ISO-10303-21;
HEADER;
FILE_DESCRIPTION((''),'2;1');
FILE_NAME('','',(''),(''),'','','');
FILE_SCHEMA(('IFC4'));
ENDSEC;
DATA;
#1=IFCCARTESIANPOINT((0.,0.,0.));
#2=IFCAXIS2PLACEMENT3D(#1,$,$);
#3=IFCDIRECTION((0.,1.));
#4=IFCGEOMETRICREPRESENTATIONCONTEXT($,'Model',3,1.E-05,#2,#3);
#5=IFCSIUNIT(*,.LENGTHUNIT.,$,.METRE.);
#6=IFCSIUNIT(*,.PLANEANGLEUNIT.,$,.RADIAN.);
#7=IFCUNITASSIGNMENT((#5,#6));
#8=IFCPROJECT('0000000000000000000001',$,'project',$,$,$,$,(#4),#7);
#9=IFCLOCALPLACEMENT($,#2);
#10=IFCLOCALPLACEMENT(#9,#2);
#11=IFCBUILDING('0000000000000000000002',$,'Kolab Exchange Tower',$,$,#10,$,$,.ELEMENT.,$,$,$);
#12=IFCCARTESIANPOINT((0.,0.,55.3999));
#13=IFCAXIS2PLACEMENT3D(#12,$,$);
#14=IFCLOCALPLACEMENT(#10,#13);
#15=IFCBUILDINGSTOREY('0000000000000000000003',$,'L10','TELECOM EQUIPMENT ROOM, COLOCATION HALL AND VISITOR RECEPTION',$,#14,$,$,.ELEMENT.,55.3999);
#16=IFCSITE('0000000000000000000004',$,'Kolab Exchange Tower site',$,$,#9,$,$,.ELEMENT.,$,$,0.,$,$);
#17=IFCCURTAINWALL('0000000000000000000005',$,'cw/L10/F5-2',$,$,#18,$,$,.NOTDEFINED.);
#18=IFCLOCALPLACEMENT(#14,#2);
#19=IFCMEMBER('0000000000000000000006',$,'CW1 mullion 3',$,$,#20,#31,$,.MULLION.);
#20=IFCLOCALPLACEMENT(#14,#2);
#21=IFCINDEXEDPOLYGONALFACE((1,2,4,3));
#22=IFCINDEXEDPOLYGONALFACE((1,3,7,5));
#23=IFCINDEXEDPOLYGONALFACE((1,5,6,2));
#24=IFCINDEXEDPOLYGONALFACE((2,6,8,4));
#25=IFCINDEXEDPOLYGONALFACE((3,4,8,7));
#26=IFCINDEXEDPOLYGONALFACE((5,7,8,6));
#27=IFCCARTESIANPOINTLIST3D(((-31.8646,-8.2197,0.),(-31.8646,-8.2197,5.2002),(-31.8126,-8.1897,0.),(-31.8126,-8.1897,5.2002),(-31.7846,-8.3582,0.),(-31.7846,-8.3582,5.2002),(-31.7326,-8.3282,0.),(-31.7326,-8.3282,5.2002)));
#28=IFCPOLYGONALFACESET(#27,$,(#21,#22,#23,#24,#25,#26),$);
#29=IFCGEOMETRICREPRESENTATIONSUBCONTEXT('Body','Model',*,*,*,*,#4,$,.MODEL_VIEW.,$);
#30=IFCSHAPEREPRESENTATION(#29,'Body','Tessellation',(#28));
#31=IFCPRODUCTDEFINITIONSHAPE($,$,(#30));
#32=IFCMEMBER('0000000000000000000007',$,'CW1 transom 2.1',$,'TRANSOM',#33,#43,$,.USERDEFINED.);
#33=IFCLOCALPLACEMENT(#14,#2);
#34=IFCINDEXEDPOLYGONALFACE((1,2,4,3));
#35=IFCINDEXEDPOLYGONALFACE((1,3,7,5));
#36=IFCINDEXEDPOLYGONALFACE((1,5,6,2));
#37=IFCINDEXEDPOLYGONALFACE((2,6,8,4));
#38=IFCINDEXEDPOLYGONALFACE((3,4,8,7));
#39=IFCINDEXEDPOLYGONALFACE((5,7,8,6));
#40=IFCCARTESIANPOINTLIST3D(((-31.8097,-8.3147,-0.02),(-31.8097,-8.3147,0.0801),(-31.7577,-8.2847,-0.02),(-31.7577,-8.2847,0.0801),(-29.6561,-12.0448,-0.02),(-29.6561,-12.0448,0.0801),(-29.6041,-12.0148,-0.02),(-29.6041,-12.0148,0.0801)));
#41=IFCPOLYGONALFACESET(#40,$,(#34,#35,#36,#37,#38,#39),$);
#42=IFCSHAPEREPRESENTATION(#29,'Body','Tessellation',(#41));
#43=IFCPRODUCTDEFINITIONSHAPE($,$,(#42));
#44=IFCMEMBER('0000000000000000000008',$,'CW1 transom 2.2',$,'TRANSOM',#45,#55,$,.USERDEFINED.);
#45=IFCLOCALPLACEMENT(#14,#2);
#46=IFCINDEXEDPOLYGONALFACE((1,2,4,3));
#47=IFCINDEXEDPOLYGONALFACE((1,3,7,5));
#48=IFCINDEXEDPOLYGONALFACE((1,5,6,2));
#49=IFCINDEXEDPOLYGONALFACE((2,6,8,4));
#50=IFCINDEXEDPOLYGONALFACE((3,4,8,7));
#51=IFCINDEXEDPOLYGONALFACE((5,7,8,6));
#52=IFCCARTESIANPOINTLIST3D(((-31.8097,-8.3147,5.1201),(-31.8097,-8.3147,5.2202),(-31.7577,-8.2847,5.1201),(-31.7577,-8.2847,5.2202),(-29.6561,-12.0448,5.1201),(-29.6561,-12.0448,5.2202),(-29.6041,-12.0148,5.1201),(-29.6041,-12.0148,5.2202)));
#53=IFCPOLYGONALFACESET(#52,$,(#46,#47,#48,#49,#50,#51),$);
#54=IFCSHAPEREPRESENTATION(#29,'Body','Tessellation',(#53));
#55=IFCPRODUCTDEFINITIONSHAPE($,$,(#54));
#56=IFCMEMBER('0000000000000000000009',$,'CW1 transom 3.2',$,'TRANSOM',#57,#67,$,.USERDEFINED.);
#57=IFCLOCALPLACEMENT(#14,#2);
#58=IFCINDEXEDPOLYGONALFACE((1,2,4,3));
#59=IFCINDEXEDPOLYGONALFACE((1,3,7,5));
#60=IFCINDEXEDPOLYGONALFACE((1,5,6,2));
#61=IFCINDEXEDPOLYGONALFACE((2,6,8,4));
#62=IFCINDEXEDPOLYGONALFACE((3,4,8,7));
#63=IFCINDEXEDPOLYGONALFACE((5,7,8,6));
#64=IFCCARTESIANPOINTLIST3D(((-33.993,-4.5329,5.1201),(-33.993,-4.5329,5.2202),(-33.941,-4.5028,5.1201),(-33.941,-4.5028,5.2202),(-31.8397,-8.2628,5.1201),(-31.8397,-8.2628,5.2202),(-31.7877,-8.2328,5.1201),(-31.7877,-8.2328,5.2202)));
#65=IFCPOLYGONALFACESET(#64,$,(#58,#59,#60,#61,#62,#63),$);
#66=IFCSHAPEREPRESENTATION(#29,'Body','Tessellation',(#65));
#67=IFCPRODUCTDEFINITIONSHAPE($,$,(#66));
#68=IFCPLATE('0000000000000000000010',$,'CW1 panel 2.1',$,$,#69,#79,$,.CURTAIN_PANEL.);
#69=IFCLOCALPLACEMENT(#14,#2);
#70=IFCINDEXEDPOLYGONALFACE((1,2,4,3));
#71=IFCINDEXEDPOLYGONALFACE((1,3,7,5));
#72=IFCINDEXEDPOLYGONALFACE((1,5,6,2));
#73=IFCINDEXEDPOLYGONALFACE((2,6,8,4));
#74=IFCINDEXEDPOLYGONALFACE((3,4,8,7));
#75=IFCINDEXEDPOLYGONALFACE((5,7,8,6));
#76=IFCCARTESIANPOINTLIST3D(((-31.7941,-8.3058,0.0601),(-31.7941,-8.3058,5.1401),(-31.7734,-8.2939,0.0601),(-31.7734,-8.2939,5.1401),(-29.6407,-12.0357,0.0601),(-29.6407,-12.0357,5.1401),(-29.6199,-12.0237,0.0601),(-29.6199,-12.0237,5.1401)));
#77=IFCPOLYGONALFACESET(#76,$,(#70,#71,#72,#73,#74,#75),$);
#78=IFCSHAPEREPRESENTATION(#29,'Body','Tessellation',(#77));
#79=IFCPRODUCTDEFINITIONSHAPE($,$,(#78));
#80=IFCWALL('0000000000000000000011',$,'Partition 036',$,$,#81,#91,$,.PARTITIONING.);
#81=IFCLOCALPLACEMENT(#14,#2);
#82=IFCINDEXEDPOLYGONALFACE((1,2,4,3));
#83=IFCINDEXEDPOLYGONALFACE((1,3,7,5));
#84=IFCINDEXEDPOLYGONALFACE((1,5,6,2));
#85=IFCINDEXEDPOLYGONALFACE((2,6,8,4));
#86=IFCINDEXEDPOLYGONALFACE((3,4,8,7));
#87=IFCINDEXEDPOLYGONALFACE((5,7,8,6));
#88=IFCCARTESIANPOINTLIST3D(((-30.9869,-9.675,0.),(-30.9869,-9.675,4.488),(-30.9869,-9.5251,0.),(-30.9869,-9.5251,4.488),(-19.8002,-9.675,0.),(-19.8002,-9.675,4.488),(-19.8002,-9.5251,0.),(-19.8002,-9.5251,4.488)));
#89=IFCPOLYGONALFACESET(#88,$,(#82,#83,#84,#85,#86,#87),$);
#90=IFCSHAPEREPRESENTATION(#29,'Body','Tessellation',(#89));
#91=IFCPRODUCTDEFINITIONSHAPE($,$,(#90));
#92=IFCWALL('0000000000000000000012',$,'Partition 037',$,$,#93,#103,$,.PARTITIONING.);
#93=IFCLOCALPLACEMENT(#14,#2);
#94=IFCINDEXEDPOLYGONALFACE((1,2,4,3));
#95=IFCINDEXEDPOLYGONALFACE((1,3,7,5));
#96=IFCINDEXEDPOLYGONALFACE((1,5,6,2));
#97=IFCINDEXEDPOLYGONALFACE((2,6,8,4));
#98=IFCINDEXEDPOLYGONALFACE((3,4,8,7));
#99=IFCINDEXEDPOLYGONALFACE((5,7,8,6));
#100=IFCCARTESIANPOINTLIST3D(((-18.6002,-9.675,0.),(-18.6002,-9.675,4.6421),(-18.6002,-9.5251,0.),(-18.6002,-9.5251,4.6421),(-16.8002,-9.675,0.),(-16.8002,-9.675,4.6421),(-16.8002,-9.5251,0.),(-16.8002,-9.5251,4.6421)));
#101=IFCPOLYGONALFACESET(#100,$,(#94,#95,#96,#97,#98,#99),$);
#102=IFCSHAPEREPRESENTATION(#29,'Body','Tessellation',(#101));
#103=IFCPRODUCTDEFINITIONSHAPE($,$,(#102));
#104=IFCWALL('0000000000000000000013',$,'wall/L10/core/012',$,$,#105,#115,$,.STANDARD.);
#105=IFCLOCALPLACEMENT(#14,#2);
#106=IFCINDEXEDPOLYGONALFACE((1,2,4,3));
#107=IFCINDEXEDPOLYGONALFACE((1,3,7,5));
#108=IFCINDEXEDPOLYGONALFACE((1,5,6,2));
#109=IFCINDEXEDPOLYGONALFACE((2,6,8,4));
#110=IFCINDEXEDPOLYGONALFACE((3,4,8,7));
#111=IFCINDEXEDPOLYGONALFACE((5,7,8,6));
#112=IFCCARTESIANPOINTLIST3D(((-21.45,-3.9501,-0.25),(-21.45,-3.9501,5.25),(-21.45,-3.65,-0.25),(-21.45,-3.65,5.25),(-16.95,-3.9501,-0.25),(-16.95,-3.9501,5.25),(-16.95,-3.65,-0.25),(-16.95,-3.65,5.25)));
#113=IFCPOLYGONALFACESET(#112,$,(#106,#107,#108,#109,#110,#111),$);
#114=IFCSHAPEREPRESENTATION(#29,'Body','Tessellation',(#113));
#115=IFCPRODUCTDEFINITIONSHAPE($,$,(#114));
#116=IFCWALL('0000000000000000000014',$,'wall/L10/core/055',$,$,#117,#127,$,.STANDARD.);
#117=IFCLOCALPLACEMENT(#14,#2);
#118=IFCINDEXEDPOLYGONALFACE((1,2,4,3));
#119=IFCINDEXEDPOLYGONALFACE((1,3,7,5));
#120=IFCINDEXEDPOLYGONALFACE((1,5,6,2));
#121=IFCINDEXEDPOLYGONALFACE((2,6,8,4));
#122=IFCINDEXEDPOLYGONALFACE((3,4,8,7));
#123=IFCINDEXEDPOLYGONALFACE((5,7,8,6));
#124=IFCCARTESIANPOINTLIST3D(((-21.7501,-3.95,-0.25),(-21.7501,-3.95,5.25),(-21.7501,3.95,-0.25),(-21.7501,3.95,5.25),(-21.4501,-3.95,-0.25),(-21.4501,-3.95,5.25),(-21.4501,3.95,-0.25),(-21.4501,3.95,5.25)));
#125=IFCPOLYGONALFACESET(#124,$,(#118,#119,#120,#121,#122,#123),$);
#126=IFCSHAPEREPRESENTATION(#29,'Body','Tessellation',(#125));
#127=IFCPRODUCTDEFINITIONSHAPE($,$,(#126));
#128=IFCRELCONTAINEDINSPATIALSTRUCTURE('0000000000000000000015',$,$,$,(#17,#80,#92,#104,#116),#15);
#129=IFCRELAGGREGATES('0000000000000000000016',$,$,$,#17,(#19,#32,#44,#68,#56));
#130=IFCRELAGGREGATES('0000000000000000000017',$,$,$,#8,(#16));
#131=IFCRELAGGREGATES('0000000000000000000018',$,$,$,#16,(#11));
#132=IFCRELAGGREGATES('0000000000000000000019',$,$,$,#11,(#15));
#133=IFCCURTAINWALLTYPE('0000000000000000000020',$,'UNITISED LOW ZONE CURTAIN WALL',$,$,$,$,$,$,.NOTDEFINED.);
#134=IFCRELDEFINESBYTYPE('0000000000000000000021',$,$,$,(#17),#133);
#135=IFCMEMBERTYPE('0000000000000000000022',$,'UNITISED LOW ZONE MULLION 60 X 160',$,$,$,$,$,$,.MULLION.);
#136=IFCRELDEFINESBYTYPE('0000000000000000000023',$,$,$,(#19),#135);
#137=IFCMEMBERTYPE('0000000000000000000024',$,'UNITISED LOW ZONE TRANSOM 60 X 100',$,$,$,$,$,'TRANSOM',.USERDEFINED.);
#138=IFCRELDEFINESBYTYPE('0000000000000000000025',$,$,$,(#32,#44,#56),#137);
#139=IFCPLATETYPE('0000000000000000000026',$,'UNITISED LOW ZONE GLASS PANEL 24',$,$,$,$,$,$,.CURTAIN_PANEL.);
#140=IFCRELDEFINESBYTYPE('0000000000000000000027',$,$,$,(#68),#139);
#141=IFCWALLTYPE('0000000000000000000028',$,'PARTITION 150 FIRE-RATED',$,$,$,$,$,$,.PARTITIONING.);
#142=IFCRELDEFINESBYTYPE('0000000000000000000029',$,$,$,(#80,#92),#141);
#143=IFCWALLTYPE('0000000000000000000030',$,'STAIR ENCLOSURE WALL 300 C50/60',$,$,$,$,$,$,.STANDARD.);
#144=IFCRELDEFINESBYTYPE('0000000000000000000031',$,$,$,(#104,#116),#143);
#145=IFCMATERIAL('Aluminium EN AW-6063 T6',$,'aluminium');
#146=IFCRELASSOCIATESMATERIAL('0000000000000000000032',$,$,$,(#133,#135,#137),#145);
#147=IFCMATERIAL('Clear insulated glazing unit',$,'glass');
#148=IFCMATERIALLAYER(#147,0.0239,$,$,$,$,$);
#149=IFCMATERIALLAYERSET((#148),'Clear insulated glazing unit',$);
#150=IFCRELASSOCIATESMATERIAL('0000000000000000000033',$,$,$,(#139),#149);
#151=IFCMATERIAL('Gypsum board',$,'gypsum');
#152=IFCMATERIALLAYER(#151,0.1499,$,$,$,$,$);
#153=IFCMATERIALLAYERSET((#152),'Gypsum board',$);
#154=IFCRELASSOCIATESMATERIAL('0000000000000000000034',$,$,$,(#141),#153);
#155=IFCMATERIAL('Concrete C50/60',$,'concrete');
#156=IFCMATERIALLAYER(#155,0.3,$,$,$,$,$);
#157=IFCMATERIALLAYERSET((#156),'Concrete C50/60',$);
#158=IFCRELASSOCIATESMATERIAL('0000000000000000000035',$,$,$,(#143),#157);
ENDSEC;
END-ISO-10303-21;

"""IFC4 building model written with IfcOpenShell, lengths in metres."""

from ifc_helpers import new_model, si_unit, direction, frame, frame_2d, origin, origin_2d, place, context, subcontext, project, spatial, rectangle, extrude, material, layer, layer_set, material_profile, profile_set, type_object, element, aggregate, save


model = new_model("IFC4")

# Units and contexts
model_context = context("Model", 3, precision=1e-05, world=origin(), true_north=direction((0.0, 1.0)))
body_context = subcontext(model_context, "Body", "Model", "MODEL_VIEW")
ifc_project = project(units=[si_unit("LENGTHUNIT", "METRE"), si_unit("PLANEANGLEUNIT", "RADIAN")], contexts=[model_context])

# Site, building, storey
site_placement = place(None, origin())
site = spatial("IfcSite", under=ifc_project, at=site_placement, Name="Kolab Exchange Tower site", CompositionType="ELEMENT", RefElevation=0.0)
building_placement = place(site_placement, origin())
building = spatial("IfcBuilding", under=site, at=building_placement, Name="Kolab Exchange Tower", CompositionType="ELEMENT")
storey_placement = place(building_placement, frame((0.0, 0.0, 55.3999)))
storey = spatial("IfcBuildingStorey", under=building, at=storey_placement, Name="L10", Description="TELECOM EQUIPMENT ROOM, COLOCATION HALL AND VISITOR RECEPTION", CompositionType="ELEMENT", Elevation=55.3999)

# Curtain wall, members, plate
ifc_material_1 = material(Name="Aluminium EN AW-6063 T6", Category="aluminium")
curtain_wall_type = type_object("IfcCurtainWallType", Name="UNITISED LOW ZONE CURTAIN WALL", PredefinedType="NOTDEFINED", material=ifc_material_1)
curtain_wall_placement = place(storey_placement, origin())
curtain_wall = element("IfcCurtainWall", 1, at=curtain_wall_placement, inside=storey, type_object=curtain_wall_type, Name="cw/L10/F5-2", PredefinedType="NOTDEFINED")
ifc_material_profile_1 = material_profile(ifc_material_1, rectangle(XDim=0.0601, YDim=0.1599, at=origin_2d()), Name="RECT 60X160")
ifc_profile_set_1 = profile_set([ifc_material_profile_1], Name="Aluminium EN AW-6063 T6")
member_type_1 = type_object("IfcMemberType", Name="UNITISED LOW ZONE MULLION 60 X 160", PredefinedType="MULLION", material=ifc_profile_set_1)
member_1_placement = place(storey_placement, frame((-31.7986, -8.2739, 0.0), z_axis=(0.0, 0.0, 1.0), x_axis=(-0.866025, -0.5, 0.0)))
member_1 = element("IfcMember", 2, at=member_1_placement, type_object=member_type_1, Name="CW1 mullion 3", PredefinedType="MULLION", context=body_context, shape_type="SweptSolid", body=[
    extrude(rectangle(XDim=0.0601, YDim=0.1599, at=origin_2d()), origin(), (0.0, 0.0, 1.0), 5.2002),
])
ifc_material_profile_2 = material_profile(ifc_material_1, rectangle(XDim=0.0601, YDim=0.1001, at=origin_2d()), Name="RECT 60X100")
ifc_profile_set_2 = profile_set([ifc_material_profile_2], Name="Aluminium EN AW-6063 T6")
member_type_2 = type_object("IfcMemberType", Name="UNITISED LOW ZONE TRANSOM 60 X 100", ElementType="TRANSOM", PredefinedType="USERDEFINED", material=ifc_profile_set_2)
member_2_placement = place(storey_placement, frame((-29.6301, -12.0298, 0.03), z_axis=(-0.50001, 0.866019, 0.0), x_axis=(-0.866019, -0.50001, 0.0)))
member_2 = element("IfcMember", 3, at=member_2_placement, type_object=member_type_2, Name="CW1 transom 2.1", ObjectType="TRANSOM", PredefinedType="USERDEFINED", context=body_context, shape_type="SweptSolid", body=[
    extrude(rectangle(XDim=0.0601, YDim=0.1001, at=origin_2d()), origin(), (0.0, 0.0, 1.0), 4.3071),
])
member_3_placement = place(storey_placement, frame((-29.6301, -12.0298, 5.1702), z_axis=(-0.50001, 0.866019, 0.0), x_axis=(-0.866019, -0.50001, 0.0)))
member_3 = element("IfcMember", 4, at=member_3_placement, type_object=member_type_2, Name="CW1 transom 2.2", ObjectType="TRANSOM", PredefinedType="USERDEFINED", context=body_context, shape_type="SweptSolid", body=[
    extrude(rectangle(XDim=0.0601, YDim=0.1001, at=origin_2d()), origin(), (0.0, 0.0, 1.0), 4.3071),
])
member_4_placement = place(storey_placement, frame((-31.8137, -8.2478, 5.1702), z_axis=(-0.499968, 0.866044, 0.0), x_axis=(-0.866044, -0.499968, 0.0)))
member_4 = element("IfcMember", 5, at=member_4_placement, type_object=member_type_2, Name="CW1 transom 3.2", ObjectType="TRANSOM", PredefinedType="USERDEFINED", context=body_context, shape_type="SweptSolid", body=[
    extrude(rectangle(XDim=0.0601, YDim=0.1001, at=origin_2d()), origin(), (0.0, 0.0, 1.0), 4.3069),
])
ifc_material_2 = material(Name="Clear insulated glazing unit", Category="glass")
ifc_layer_1 = layer(ifc_material_2, 0.0239)
ifc_layer_set_1 = layer_set([ifc_layer_1], Name="Clear insulated glazing unit")
plate_type = type_object("IfcPlateType", Name="UNITISED LOW ZONE GLASS PANEL 24", PredefinedType="CURTAIN_PANEL", material=ifc_layer_set_1)
plate_placement = place(storey_placement, frame((-30.707, -10.1648, 0.0601), z_axis=(0.0, 0.0, 1.0), x_axis=(-0.5, 0.866025, 0.0)))
plate = element("IfcPlate", 6, at=plate_placement, type_object=plate_type, Name="CW1 panel 2.1", PredefinedType="CURTAIN_PANEL", context=body_context, shape_type="SweptSolid", body=[
    extrude(rectangle(XDim=4.3069, YDim=0.0239, at=origin_2d()), origin(), (0.0, 0.0, 1.0), 5.0801),
])
aggregate(curtain_wall, [member_1, member_2, member_3, plate, member_4])

# Walls
ifc_material_3 = material(Name="Gypsum board", Category="gypsum")
ifc_layer_2 = layer(ifc_material_3, 0.1499)
ifc_layer_set_2 = layer_set([ifc_layer_2], Name="Gypsum board")
wall_type_1 = type_object("IfcWallType", Name="PARTITION 150 FIRE-RATED", PredefinedType="PARTITIONING", material=ifc_layer_set_2)
wall_1_placement = place(storey_placement, frame((-30.9868, -9.6001, 0.0), z_axis=(0.0, 0.0, 1.0), x_axis=(1.0, 0.0, 0.0)))
element("IfcWall", 7, at=wall_1_placement, inside=storey, type_object=wall_type_1, Name="Partition 036", PredefinedType="PARTITIONING", context=body_context, shape_type="SweptSolid", body=[
    extrude(rectangle(XDim=11.1868, YDim=0.1499, at=frame_2d((5.5933, 0.0))), origin(), (0.0, 0.0, 1.0), 4.488),
])
wall_2_placement = place(storey_placement, frame((-18.6001, -9.6001, 0.0), z_axis=(0.0, 0.0, 1.0), x_axis=(1.0, 0.0, 0.0)))
element("IfcWall", 8, at=wall_2_placement, inside=storey, type_object=wall_type_1, Name="Partition 037", PredefinedType="PARTITIONING", context=body_context, shape_type="SweptSolid", body=[
    extrude(rectangle(XDim=1.8, YDim=0.1499, at=frame_2d((0.8999, 0.0))), origin(), (0.0, 0.0, 1.0), 4.6421),
])
ifc_material_4 = material(Name="Concrete C50/60", Category="concrete")
ifc_layer_3 = layer(ifc_material_4, 0.3)
ifc_layer_set_3 = layer_set([ifc_layer_3], Name="Concrete C50/60")
wall_type_2 = type_object("IfcWallType", Name="STAIR ENCLOSURE WALL 300 C50/60", PredefinedType="STANDARD", material=ifc_layer_set_3)
wall_3_placement = place(storey_placement, frame((-21.45, -3.8, -0.25), z_axis=(0.0, 0.0, 1.0), x_axis=(1.0, 0.0, 0.0)))
element("IfcWall", 9, at=wall_3_placement, inside=storey, type_object=wall_type_2, Name="wall/L10/core/012", PredefinedType="STANDARD", context=body_context, shape_type="SweptSolid", body=[
    extrude(rectangle(XDim=4.5, YDim=0.3, at=frame_2d((2.25, 0.0))), origin(), (0.0, 0.0, 1.0), 5.5),
])
wall_4_placement = place(storey_placement, frame((-21.6001, -3.95, -0.25), z_axis=(0.0, 0.0, 1.0), x_axis=(0.0, 1.0, 0.0)))
element("IfcWall", 10, at=wall_4_placement, inside=storey, type_object=wall_type_2, Name="wall/L10/core/055", PredefinedType="STANDARD", context=body_context, shape_type="SweptSolid", body=[
    extrude(rectangle(XDim=7.8999, YDim=0.3, at=frame_2d((3.95, 0.0))), origin(), (0.0, 0.0, 1.0), 5.5),
])

save(model, "model.ifc")
